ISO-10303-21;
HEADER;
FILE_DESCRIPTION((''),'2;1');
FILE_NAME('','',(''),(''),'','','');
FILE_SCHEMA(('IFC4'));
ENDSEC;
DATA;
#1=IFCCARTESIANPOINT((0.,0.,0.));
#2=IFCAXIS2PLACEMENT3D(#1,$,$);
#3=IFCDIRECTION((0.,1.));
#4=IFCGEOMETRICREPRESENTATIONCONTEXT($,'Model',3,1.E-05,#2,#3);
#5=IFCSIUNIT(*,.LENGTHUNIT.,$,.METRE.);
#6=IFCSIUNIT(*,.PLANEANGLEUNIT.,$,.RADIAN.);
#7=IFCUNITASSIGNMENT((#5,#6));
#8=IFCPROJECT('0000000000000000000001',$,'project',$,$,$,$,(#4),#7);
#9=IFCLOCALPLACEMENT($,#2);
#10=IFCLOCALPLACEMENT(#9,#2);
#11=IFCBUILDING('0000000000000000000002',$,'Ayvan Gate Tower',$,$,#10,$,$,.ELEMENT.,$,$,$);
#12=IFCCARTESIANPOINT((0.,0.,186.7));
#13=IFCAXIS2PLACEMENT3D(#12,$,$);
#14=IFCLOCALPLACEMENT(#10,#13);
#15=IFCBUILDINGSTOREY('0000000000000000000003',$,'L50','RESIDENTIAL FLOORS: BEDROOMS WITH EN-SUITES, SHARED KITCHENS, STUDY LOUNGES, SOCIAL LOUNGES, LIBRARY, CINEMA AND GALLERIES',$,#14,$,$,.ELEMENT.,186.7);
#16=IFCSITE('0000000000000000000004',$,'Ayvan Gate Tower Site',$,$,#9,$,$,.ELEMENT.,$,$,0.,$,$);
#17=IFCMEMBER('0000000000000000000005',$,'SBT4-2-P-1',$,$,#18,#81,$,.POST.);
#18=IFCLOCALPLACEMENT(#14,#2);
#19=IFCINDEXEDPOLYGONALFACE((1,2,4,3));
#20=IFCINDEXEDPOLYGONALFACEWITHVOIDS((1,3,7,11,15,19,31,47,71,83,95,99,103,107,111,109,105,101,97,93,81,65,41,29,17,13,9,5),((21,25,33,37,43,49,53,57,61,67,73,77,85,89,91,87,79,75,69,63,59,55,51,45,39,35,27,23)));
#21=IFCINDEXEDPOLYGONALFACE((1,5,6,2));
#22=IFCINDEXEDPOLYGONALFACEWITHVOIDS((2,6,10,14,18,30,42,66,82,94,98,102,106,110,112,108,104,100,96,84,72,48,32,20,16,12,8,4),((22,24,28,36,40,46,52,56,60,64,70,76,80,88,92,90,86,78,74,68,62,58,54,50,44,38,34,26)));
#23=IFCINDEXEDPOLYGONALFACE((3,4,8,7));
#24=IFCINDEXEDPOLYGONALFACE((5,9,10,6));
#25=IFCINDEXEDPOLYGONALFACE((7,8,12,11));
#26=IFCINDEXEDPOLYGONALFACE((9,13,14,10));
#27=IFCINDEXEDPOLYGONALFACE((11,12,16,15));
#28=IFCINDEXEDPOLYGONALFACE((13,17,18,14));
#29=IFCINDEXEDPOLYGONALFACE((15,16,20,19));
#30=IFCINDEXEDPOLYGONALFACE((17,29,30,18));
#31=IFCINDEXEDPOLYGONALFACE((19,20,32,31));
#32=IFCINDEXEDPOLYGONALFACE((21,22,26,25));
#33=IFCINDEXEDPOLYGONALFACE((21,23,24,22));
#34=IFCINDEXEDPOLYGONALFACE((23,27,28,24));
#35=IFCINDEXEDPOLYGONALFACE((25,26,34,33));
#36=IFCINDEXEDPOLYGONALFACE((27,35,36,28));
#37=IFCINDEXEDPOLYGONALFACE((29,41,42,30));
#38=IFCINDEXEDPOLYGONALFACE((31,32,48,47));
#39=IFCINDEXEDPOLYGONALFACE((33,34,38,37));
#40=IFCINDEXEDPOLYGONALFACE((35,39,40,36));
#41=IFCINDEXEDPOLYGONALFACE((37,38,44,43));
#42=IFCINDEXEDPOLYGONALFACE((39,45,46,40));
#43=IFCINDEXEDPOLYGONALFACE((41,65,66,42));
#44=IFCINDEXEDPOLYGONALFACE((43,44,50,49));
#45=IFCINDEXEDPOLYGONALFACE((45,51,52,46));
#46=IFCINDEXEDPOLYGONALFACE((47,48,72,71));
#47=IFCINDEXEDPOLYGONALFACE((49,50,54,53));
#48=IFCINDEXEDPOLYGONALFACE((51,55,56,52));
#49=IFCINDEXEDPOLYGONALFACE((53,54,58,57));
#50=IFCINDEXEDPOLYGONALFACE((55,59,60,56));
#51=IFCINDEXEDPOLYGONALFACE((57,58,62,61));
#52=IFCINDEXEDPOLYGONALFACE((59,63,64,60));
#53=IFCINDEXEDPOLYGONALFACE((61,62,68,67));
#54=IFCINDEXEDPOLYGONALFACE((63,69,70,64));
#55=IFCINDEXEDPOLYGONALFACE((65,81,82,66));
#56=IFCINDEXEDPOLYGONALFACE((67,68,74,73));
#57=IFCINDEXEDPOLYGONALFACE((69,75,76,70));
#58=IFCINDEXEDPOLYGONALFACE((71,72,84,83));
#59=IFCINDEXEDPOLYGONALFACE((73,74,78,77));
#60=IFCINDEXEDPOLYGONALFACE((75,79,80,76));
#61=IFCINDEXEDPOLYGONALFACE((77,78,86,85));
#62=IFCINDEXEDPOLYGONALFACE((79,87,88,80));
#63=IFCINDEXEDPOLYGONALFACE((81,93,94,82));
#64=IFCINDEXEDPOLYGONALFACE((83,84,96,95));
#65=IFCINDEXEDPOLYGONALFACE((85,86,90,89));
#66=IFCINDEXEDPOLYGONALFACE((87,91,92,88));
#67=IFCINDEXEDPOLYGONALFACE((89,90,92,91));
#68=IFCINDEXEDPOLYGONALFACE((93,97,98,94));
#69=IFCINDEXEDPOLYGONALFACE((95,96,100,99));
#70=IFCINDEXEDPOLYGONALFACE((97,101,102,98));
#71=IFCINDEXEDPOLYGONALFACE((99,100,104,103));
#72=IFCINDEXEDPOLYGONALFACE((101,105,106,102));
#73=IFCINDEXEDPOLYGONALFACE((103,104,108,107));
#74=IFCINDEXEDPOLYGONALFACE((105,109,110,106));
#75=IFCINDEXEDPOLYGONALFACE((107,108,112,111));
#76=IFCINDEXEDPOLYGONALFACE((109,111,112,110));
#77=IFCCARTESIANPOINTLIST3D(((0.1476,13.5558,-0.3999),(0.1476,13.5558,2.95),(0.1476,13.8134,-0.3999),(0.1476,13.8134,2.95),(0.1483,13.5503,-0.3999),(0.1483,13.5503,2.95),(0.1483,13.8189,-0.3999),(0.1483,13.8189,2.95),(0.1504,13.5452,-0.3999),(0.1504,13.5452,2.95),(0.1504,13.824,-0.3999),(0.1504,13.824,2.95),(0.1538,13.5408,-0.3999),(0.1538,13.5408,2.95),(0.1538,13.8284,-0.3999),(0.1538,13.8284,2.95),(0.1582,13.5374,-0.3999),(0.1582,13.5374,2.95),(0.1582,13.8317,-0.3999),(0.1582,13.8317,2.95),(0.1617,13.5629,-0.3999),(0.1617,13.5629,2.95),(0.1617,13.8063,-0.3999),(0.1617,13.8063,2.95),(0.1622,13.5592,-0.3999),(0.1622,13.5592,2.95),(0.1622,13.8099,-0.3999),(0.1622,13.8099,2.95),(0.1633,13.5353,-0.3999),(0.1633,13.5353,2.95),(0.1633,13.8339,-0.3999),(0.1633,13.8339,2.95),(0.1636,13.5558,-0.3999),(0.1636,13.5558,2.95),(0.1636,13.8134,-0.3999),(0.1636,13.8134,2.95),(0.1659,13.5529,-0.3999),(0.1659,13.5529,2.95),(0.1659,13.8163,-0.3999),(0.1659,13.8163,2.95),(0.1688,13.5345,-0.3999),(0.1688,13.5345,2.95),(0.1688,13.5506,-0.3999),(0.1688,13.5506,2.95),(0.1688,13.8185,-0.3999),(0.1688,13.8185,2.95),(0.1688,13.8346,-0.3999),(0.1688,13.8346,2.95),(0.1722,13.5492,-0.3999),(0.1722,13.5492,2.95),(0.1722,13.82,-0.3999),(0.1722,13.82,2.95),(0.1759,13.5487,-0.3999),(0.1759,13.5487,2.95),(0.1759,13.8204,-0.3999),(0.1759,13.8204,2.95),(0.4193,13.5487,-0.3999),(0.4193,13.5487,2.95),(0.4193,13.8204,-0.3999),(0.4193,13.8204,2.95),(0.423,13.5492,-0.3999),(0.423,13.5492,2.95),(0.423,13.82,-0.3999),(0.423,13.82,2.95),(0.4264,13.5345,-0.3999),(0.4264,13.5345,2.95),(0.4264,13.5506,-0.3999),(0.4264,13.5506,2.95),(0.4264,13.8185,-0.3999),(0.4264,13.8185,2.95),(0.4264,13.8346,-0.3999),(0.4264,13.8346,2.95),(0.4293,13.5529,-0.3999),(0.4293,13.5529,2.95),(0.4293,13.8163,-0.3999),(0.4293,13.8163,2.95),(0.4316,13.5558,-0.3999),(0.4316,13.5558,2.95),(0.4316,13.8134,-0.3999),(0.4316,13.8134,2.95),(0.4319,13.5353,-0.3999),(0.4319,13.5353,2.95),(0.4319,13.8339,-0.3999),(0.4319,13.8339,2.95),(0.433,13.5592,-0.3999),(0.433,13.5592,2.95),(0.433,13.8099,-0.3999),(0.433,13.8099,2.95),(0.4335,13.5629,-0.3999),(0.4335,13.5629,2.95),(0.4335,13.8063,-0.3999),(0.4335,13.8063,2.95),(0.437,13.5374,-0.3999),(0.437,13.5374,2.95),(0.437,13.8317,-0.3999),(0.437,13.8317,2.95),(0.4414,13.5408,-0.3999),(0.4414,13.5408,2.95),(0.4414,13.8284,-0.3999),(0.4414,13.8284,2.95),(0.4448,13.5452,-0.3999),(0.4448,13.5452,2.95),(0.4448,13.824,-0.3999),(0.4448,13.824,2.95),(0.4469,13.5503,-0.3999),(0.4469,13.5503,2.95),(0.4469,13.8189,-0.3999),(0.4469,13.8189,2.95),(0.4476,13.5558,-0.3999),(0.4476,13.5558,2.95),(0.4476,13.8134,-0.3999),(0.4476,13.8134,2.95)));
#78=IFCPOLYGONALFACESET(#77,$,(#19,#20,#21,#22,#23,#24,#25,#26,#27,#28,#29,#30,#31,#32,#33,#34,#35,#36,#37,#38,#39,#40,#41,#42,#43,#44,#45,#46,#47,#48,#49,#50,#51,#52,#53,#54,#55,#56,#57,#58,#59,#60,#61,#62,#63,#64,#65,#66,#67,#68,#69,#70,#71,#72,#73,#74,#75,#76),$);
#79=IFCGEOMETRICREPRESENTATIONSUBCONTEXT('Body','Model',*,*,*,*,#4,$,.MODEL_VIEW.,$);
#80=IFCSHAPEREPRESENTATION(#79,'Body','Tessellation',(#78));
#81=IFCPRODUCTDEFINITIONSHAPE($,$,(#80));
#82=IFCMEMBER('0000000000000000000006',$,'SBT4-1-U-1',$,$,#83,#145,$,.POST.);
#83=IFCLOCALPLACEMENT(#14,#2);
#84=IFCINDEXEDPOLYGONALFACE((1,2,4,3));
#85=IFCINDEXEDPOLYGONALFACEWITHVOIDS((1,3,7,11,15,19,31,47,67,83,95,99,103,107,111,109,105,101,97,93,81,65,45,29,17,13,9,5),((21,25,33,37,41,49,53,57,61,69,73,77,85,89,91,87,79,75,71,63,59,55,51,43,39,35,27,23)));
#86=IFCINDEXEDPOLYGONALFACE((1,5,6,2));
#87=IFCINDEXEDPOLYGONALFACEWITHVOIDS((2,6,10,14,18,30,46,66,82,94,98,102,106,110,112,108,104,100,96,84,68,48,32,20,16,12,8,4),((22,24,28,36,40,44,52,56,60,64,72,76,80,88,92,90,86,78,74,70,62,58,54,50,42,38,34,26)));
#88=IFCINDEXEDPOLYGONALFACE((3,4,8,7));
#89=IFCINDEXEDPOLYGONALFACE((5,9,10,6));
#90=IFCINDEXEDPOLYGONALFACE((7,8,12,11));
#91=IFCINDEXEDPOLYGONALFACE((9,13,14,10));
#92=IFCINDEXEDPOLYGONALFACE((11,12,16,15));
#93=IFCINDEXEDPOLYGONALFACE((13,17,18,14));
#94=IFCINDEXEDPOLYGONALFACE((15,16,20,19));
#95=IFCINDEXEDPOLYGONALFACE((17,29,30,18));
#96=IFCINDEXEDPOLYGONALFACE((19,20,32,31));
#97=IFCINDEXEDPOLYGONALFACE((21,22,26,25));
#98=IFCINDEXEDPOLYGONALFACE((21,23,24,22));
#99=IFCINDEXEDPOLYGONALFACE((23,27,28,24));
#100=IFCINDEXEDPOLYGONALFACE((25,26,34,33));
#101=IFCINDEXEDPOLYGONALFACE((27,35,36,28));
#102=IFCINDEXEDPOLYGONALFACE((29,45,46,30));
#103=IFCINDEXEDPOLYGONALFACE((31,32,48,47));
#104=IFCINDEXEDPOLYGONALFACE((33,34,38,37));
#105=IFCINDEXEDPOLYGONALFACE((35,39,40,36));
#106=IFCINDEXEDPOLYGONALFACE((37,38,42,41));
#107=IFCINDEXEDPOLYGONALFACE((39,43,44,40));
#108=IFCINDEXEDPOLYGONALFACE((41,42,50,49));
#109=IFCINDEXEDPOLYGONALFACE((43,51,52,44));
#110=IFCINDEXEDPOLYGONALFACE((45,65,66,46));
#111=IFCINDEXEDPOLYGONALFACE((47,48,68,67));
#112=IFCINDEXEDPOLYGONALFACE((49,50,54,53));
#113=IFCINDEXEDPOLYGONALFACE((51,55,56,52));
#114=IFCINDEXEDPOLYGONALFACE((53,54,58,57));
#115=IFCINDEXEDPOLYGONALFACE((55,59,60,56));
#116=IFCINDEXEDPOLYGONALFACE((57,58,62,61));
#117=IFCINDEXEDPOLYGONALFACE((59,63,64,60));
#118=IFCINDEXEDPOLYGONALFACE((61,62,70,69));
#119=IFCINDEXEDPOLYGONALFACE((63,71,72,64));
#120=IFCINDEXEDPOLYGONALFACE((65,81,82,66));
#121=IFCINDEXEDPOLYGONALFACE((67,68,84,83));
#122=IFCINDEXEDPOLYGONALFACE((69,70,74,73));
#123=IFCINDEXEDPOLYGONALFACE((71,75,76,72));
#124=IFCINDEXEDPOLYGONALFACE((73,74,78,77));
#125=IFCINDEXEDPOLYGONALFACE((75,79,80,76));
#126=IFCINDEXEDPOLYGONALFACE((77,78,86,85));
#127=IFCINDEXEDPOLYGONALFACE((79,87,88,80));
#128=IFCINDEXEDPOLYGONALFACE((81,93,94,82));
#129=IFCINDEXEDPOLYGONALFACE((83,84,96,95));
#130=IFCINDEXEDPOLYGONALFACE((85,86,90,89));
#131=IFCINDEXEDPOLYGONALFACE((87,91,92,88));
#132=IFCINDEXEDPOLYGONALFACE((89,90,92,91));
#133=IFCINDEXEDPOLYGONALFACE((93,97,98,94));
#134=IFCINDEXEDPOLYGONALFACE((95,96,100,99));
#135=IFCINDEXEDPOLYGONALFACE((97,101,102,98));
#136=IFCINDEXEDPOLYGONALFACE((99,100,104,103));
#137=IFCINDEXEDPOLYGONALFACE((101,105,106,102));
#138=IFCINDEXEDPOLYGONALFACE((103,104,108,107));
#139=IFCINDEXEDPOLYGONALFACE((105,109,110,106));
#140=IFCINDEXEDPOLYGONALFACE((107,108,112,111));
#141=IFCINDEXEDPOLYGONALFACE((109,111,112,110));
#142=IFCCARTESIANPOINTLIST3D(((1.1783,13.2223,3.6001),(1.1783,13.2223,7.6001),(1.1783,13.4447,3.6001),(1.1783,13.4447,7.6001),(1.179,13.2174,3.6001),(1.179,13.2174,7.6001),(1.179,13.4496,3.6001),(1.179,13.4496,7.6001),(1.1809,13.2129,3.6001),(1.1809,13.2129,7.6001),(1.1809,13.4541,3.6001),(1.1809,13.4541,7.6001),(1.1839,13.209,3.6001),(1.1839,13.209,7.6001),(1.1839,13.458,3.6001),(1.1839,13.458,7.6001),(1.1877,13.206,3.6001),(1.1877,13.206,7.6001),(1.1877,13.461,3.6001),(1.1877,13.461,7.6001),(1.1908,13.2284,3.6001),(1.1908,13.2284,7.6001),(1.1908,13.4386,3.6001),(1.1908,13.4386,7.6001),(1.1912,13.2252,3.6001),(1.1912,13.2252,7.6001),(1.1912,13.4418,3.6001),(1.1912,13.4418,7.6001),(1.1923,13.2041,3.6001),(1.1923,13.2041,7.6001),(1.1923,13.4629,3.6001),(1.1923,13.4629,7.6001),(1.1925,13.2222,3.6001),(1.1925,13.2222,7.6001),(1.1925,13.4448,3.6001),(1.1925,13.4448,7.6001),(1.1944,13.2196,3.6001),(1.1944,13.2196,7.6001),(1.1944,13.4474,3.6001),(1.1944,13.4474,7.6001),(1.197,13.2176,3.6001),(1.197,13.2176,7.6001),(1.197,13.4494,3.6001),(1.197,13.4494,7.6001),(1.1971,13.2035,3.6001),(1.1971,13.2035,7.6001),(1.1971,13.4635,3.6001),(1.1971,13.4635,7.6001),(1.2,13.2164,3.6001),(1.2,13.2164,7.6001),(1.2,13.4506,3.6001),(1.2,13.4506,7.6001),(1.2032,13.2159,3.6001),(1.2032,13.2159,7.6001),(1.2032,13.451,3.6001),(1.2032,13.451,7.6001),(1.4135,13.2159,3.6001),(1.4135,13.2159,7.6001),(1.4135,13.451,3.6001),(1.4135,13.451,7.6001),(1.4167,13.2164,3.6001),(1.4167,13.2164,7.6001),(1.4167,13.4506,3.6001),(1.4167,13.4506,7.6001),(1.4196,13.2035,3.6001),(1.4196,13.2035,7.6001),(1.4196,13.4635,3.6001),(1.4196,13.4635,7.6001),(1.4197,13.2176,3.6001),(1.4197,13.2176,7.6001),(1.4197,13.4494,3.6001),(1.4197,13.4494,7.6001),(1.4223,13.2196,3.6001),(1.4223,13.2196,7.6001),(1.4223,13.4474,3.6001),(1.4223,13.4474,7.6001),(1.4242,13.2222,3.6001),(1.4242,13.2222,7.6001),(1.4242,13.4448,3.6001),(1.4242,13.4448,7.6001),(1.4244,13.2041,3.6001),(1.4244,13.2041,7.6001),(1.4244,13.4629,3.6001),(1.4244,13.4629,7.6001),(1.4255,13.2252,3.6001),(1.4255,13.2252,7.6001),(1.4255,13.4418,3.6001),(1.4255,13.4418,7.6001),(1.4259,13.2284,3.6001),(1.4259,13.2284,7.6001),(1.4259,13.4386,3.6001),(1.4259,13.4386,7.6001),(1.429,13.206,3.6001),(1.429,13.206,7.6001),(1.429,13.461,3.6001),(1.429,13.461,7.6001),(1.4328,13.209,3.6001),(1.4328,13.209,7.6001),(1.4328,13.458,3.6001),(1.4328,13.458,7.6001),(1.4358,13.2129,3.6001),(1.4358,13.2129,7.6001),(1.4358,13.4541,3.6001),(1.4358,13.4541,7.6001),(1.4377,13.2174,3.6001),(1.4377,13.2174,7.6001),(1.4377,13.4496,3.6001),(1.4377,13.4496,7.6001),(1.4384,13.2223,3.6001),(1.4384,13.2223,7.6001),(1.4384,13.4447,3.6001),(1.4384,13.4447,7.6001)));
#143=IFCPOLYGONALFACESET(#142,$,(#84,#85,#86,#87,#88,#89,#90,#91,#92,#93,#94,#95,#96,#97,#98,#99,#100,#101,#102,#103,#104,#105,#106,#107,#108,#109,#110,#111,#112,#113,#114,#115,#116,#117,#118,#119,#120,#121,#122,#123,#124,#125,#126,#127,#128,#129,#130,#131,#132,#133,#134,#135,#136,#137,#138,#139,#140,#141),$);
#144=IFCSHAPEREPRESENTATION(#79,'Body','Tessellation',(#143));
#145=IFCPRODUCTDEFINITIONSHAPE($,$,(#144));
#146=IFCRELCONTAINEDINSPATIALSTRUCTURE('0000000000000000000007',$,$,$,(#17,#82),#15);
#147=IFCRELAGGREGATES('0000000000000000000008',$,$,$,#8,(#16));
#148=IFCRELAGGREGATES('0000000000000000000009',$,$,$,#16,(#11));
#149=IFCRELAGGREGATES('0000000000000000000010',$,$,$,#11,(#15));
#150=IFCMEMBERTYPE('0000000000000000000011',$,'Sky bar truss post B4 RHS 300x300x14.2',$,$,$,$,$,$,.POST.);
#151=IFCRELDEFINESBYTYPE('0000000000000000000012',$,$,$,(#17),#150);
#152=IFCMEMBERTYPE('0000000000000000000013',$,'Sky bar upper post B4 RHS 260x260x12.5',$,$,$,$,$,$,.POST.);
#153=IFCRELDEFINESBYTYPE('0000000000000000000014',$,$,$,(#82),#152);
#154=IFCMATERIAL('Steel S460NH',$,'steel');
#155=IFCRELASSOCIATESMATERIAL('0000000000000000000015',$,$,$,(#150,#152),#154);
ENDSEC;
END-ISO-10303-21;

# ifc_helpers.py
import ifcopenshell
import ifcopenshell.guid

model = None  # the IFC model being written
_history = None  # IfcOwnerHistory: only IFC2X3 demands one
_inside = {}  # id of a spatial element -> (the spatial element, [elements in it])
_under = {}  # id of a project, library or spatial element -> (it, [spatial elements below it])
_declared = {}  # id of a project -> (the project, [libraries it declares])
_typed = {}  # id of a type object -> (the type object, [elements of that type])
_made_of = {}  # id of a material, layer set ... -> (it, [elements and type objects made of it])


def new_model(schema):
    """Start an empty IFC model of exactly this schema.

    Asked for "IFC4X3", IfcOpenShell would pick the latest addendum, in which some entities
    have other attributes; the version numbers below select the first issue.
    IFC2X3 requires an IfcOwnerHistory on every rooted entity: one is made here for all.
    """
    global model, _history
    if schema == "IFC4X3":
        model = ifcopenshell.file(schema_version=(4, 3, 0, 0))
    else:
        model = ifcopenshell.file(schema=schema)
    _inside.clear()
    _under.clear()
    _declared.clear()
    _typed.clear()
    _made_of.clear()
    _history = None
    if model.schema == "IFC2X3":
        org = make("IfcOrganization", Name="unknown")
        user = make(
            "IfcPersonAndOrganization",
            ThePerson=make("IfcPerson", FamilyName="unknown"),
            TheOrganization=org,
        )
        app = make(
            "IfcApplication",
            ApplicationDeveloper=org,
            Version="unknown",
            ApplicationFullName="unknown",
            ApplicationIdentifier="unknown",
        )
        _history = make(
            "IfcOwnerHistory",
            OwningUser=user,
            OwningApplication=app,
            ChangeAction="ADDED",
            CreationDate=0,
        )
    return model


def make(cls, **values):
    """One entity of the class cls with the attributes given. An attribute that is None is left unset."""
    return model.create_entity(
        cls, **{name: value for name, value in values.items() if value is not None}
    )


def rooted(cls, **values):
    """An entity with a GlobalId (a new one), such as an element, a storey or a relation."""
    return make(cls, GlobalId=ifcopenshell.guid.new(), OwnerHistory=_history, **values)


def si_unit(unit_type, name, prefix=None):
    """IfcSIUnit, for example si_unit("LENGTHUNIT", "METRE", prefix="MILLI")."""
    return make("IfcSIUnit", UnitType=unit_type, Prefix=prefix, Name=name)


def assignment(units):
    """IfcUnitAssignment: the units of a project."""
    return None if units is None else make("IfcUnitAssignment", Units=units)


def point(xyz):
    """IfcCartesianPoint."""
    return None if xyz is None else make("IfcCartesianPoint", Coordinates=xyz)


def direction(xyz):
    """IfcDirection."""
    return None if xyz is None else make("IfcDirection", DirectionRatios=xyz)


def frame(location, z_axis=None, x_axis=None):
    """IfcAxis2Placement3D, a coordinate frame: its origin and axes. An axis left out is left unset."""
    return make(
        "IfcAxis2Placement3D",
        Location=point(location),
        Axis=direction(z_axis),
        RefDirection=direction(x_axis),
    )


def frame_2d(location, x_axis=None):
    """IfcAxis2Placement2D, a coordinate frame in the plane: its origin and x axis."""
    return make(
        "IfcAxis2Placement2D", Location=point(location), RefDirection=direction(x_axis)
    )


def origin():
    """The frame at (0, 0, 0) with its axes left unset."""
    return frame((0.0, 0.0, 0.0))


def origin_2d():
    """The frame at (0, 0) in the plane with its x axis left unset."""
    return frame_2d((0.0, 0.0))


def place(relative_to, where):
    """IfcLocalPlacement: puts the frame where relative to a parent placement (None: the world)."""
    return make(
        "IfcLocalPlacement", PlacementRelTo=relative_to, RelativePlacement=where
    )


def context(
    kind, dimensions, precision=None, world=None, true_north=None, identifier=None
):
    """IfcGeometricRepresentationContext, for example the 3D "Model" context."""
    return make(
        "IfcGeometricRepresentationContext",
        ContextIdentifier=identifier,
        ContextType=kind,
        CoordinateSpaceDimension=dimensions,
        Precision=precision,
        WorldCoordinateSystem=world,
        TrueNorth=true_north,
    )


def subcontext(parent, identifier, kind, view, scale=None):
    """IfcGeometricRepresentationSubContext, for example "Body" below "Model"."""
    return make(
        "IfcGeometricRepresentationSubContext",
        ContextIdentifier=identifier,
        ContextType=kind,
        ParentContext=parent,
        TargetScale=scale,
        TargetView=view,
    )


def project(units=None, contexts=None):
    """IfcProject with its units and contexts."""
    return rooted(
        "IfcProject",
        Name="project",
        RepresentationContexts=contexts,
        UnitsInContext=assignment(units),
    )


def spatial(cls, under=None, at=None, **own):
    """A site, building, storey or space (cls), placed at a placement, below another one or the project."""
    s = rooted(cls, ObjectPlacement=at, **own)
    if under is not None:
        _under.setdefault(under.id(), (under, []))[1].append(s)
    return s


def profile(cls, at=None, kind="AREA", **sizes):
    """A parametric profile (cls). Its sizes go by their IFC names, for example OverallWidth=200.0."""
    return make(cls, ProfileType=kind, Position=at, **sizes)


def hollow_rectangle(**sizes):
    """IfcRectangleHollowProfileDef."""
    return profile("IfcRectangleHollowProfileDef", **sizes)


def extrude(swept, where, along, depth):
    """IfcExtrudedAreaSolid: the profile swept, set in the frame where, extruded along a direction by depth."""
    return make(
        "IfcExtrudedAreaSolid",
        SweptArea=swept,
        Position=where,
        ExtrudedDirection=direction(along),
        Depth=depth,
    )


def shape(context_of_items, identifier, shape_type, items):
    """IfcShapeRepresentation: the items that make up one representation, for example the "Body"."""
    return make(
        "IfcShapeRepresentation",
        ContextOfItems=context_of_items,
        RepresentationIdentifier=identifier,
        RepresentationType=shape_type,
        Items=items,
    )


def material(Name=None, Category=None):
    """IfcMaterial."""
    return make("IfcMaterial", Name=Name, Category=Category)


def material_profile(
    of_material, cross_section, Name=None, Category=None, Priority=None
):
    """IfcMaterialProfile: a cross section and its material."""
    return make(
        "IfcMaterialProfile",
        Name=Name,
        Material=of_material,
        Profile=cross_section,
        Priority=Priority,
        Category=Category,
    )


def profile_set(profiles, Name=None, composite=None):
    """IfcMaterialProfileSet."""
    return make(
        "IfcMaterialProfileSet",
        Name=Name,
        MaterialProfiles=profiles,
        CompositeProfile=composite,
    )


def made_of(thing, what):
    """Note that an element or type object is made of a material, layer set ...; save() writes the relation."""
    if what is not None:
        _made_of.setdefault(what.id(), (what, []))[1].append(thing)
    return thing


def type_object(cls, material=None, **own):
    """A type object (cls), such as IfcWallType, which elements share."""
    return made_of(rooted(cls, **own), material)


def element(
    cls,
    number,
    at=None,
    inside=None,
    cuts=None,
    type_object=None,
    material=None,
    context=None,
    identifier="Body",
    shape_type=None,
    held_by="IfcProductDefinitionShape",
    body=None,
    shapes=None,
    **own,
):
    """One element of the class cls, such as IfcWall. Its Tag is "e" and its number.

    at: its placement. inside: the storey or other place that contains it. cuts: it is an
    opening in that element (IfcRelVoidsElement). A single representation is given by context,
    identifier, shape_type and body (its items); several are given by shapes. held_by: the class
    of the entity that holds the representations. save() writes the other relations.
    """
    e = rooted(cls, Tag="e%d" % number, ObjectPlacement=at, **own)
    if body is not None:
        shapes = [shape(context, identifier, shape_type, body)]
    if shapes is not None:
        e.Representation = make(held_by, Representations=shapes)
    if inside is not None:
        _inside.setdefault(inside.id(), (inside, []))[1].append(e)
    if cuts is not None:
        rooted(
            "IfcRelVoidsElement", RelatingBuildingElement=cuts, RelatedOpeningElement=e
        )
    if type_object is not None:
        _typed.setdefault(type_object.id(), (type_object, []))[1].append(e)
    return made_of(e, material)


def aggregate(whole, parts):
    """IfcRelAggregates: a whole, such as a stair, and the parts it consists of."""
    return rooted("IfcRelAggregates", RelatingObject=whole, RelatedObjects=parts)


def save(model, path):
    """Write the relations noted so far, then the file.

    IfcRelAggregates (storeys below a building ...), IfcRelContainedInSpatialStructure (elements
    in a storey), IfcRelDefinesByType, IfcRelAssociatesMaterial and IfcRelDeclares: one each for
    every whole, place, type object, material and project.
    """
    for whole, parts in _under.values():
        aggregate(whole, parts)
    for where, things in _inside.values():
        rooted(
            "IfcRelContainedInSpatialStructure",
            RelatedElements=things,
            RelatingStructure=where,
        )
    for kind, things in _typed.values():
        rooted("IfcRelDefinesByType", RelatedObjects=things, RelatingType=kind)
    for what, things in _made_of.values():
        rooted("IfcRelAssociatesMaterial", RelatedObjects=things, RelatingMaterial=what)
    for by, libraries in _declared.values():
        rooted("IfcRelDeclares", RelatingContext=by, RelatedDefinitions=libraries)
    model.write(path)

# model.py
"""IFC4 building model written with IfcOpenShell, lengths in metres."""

from ifc_helpers import new_model, si_unit, direction, frame, origin, origin_2d, place, context, subcontext, project, spatial, hollow_rectangle, extrude, material, material_profile, profile_set, type_object, element, save


model = new_model("IFC4")

# Units and contexts
model_context = context("Model", 3, precision=1e-05, world=origin(), true_north=direction((0.0, 1.0)))
body_context = subcontext(model_context, "Body", "Model", "MODEL_VIEW")
ifc_project = project(units=[si_unit("LENGTHUNIT", "METRE"), si_unit("PLANEANGLEUNIT", "RADIAN")], contexts=[model_context])

# Site, building, storey
site_placement = place(None, origin())
site = spatial("IfcSite", under=ifc_project, at=site_placement, Name="Ayvan Gate Tower Site", CompositionType="ELEMENT", RefElevation=0.0)
building_placement = place(site_placement, origin())
building = spatial("IfcBuilding", under=site, at=building_placement, Name="Ayvan Gate Tower", CompositionType="ELEMENT")
storey_placement = place(building_placement, frame((0.0, 0.0, 186.7)))
storey = spatial("IfcBuildingStorey", under=building, at=storey_placement, Name="L50", Description="RESIDENTIAL FLOORS: BEDROOMS WITH EN-SUITES, SHARED KITCHENS, STUDY LOUNGES, SOCIAL LOUNGES, LIBRARY, CINEMA AND GALLERIES", CompositionType="ELEMENT", Elevation=186.7)

# Members
ifc_material_1 = material(Name="Steel S460NH", Category="steel")
ifc_material_profile_1 = material_profile(ifc_material_1, hollow_rectangle(XDim=0.3, YDim=0.3, WallThickness=0.0142, InnerFilletRadius=0.0142, OuterFilletRadius=0.0212, at=origin_2d()), Name="RHS 300x300x14.2")
ifc_profile_set_1 = profile_set([ifc_material_profile_1], Name="Steel S460NH")
member_type_1 = type_object("IfcMemberType", Name="Sky bar truss post B4 RHS 300x300x14.2", PredefinedType="POST", material=ifc_profile_set_1)
member_1_placement = place(storey_placement, frame((0.2976, 13.6846, -0.3999), z_axis=(0.0, 0.0, 1.0), x_axis=(1.0, 0.0, 0.0)))
element("IfcMember", 1, at=member_1_placement, inside=storey, type_object=member_type_1, Name="SBT4-2-P-1", PredefinedType="POST", context=body_context, shape_type="SweptSolid", body=[
    extrude(hollow_rectangle(XDim=0.3, YDim=0.3, WallThickness=0.0142, InnerFilletRadius=0.0142, OuterFilletRadius=0.0212, at=origin_2d()), origin(), (0.0, 0.0, 1.0), 3.3499),
])
ifc_material_profile_2 = material_profile(ifc_material_1, hollow_rectangle(XDim=0.26, YDim=0.26, WallThickness=0.0125, InnerFilletRadius=0.0125, OuterFilletRadius=0.0188, at=origin_2d()), Name="RHS 260x260x12.5")
ifc_profile_set_2 = profile_set([ifc_material_profile_2], Name="Steel S460NH")
member_type_2 = type_object("IfcMemberType", Name="Sky bar upper post B4 RHS 260x260x12.5", PredefinedType="POST", material=ifc_profile_set_2)
for number, where, z_axis, x_axis, name in (
    (2, (1.3083, 13.3335, 3.6001), (0.0, 0.0, 1.0), (1.0, 0.0, 0.0), "SBT4-1-U-1"),
):
    element("IfcMember", number, at=place(storey_placement, frame(where, z_axis=z_axis, x_axis=x_axis)), inside=storey, type_object=member_type_2, Name=name, PredefinedType="POST", context=body_context, shape_type="SweptSolid", body=[
        extrude(hollow_rectangle(XDim=0.26, YDim=0.26, WallThickness=0.0125, InnerFilletRadius=0.0125, OuterFilletRadius=0.0188, at=origin_2d()), origin(), (0.0, 0.0, 1.0), 4.0),
    ])

save(model, "model.ifc")
